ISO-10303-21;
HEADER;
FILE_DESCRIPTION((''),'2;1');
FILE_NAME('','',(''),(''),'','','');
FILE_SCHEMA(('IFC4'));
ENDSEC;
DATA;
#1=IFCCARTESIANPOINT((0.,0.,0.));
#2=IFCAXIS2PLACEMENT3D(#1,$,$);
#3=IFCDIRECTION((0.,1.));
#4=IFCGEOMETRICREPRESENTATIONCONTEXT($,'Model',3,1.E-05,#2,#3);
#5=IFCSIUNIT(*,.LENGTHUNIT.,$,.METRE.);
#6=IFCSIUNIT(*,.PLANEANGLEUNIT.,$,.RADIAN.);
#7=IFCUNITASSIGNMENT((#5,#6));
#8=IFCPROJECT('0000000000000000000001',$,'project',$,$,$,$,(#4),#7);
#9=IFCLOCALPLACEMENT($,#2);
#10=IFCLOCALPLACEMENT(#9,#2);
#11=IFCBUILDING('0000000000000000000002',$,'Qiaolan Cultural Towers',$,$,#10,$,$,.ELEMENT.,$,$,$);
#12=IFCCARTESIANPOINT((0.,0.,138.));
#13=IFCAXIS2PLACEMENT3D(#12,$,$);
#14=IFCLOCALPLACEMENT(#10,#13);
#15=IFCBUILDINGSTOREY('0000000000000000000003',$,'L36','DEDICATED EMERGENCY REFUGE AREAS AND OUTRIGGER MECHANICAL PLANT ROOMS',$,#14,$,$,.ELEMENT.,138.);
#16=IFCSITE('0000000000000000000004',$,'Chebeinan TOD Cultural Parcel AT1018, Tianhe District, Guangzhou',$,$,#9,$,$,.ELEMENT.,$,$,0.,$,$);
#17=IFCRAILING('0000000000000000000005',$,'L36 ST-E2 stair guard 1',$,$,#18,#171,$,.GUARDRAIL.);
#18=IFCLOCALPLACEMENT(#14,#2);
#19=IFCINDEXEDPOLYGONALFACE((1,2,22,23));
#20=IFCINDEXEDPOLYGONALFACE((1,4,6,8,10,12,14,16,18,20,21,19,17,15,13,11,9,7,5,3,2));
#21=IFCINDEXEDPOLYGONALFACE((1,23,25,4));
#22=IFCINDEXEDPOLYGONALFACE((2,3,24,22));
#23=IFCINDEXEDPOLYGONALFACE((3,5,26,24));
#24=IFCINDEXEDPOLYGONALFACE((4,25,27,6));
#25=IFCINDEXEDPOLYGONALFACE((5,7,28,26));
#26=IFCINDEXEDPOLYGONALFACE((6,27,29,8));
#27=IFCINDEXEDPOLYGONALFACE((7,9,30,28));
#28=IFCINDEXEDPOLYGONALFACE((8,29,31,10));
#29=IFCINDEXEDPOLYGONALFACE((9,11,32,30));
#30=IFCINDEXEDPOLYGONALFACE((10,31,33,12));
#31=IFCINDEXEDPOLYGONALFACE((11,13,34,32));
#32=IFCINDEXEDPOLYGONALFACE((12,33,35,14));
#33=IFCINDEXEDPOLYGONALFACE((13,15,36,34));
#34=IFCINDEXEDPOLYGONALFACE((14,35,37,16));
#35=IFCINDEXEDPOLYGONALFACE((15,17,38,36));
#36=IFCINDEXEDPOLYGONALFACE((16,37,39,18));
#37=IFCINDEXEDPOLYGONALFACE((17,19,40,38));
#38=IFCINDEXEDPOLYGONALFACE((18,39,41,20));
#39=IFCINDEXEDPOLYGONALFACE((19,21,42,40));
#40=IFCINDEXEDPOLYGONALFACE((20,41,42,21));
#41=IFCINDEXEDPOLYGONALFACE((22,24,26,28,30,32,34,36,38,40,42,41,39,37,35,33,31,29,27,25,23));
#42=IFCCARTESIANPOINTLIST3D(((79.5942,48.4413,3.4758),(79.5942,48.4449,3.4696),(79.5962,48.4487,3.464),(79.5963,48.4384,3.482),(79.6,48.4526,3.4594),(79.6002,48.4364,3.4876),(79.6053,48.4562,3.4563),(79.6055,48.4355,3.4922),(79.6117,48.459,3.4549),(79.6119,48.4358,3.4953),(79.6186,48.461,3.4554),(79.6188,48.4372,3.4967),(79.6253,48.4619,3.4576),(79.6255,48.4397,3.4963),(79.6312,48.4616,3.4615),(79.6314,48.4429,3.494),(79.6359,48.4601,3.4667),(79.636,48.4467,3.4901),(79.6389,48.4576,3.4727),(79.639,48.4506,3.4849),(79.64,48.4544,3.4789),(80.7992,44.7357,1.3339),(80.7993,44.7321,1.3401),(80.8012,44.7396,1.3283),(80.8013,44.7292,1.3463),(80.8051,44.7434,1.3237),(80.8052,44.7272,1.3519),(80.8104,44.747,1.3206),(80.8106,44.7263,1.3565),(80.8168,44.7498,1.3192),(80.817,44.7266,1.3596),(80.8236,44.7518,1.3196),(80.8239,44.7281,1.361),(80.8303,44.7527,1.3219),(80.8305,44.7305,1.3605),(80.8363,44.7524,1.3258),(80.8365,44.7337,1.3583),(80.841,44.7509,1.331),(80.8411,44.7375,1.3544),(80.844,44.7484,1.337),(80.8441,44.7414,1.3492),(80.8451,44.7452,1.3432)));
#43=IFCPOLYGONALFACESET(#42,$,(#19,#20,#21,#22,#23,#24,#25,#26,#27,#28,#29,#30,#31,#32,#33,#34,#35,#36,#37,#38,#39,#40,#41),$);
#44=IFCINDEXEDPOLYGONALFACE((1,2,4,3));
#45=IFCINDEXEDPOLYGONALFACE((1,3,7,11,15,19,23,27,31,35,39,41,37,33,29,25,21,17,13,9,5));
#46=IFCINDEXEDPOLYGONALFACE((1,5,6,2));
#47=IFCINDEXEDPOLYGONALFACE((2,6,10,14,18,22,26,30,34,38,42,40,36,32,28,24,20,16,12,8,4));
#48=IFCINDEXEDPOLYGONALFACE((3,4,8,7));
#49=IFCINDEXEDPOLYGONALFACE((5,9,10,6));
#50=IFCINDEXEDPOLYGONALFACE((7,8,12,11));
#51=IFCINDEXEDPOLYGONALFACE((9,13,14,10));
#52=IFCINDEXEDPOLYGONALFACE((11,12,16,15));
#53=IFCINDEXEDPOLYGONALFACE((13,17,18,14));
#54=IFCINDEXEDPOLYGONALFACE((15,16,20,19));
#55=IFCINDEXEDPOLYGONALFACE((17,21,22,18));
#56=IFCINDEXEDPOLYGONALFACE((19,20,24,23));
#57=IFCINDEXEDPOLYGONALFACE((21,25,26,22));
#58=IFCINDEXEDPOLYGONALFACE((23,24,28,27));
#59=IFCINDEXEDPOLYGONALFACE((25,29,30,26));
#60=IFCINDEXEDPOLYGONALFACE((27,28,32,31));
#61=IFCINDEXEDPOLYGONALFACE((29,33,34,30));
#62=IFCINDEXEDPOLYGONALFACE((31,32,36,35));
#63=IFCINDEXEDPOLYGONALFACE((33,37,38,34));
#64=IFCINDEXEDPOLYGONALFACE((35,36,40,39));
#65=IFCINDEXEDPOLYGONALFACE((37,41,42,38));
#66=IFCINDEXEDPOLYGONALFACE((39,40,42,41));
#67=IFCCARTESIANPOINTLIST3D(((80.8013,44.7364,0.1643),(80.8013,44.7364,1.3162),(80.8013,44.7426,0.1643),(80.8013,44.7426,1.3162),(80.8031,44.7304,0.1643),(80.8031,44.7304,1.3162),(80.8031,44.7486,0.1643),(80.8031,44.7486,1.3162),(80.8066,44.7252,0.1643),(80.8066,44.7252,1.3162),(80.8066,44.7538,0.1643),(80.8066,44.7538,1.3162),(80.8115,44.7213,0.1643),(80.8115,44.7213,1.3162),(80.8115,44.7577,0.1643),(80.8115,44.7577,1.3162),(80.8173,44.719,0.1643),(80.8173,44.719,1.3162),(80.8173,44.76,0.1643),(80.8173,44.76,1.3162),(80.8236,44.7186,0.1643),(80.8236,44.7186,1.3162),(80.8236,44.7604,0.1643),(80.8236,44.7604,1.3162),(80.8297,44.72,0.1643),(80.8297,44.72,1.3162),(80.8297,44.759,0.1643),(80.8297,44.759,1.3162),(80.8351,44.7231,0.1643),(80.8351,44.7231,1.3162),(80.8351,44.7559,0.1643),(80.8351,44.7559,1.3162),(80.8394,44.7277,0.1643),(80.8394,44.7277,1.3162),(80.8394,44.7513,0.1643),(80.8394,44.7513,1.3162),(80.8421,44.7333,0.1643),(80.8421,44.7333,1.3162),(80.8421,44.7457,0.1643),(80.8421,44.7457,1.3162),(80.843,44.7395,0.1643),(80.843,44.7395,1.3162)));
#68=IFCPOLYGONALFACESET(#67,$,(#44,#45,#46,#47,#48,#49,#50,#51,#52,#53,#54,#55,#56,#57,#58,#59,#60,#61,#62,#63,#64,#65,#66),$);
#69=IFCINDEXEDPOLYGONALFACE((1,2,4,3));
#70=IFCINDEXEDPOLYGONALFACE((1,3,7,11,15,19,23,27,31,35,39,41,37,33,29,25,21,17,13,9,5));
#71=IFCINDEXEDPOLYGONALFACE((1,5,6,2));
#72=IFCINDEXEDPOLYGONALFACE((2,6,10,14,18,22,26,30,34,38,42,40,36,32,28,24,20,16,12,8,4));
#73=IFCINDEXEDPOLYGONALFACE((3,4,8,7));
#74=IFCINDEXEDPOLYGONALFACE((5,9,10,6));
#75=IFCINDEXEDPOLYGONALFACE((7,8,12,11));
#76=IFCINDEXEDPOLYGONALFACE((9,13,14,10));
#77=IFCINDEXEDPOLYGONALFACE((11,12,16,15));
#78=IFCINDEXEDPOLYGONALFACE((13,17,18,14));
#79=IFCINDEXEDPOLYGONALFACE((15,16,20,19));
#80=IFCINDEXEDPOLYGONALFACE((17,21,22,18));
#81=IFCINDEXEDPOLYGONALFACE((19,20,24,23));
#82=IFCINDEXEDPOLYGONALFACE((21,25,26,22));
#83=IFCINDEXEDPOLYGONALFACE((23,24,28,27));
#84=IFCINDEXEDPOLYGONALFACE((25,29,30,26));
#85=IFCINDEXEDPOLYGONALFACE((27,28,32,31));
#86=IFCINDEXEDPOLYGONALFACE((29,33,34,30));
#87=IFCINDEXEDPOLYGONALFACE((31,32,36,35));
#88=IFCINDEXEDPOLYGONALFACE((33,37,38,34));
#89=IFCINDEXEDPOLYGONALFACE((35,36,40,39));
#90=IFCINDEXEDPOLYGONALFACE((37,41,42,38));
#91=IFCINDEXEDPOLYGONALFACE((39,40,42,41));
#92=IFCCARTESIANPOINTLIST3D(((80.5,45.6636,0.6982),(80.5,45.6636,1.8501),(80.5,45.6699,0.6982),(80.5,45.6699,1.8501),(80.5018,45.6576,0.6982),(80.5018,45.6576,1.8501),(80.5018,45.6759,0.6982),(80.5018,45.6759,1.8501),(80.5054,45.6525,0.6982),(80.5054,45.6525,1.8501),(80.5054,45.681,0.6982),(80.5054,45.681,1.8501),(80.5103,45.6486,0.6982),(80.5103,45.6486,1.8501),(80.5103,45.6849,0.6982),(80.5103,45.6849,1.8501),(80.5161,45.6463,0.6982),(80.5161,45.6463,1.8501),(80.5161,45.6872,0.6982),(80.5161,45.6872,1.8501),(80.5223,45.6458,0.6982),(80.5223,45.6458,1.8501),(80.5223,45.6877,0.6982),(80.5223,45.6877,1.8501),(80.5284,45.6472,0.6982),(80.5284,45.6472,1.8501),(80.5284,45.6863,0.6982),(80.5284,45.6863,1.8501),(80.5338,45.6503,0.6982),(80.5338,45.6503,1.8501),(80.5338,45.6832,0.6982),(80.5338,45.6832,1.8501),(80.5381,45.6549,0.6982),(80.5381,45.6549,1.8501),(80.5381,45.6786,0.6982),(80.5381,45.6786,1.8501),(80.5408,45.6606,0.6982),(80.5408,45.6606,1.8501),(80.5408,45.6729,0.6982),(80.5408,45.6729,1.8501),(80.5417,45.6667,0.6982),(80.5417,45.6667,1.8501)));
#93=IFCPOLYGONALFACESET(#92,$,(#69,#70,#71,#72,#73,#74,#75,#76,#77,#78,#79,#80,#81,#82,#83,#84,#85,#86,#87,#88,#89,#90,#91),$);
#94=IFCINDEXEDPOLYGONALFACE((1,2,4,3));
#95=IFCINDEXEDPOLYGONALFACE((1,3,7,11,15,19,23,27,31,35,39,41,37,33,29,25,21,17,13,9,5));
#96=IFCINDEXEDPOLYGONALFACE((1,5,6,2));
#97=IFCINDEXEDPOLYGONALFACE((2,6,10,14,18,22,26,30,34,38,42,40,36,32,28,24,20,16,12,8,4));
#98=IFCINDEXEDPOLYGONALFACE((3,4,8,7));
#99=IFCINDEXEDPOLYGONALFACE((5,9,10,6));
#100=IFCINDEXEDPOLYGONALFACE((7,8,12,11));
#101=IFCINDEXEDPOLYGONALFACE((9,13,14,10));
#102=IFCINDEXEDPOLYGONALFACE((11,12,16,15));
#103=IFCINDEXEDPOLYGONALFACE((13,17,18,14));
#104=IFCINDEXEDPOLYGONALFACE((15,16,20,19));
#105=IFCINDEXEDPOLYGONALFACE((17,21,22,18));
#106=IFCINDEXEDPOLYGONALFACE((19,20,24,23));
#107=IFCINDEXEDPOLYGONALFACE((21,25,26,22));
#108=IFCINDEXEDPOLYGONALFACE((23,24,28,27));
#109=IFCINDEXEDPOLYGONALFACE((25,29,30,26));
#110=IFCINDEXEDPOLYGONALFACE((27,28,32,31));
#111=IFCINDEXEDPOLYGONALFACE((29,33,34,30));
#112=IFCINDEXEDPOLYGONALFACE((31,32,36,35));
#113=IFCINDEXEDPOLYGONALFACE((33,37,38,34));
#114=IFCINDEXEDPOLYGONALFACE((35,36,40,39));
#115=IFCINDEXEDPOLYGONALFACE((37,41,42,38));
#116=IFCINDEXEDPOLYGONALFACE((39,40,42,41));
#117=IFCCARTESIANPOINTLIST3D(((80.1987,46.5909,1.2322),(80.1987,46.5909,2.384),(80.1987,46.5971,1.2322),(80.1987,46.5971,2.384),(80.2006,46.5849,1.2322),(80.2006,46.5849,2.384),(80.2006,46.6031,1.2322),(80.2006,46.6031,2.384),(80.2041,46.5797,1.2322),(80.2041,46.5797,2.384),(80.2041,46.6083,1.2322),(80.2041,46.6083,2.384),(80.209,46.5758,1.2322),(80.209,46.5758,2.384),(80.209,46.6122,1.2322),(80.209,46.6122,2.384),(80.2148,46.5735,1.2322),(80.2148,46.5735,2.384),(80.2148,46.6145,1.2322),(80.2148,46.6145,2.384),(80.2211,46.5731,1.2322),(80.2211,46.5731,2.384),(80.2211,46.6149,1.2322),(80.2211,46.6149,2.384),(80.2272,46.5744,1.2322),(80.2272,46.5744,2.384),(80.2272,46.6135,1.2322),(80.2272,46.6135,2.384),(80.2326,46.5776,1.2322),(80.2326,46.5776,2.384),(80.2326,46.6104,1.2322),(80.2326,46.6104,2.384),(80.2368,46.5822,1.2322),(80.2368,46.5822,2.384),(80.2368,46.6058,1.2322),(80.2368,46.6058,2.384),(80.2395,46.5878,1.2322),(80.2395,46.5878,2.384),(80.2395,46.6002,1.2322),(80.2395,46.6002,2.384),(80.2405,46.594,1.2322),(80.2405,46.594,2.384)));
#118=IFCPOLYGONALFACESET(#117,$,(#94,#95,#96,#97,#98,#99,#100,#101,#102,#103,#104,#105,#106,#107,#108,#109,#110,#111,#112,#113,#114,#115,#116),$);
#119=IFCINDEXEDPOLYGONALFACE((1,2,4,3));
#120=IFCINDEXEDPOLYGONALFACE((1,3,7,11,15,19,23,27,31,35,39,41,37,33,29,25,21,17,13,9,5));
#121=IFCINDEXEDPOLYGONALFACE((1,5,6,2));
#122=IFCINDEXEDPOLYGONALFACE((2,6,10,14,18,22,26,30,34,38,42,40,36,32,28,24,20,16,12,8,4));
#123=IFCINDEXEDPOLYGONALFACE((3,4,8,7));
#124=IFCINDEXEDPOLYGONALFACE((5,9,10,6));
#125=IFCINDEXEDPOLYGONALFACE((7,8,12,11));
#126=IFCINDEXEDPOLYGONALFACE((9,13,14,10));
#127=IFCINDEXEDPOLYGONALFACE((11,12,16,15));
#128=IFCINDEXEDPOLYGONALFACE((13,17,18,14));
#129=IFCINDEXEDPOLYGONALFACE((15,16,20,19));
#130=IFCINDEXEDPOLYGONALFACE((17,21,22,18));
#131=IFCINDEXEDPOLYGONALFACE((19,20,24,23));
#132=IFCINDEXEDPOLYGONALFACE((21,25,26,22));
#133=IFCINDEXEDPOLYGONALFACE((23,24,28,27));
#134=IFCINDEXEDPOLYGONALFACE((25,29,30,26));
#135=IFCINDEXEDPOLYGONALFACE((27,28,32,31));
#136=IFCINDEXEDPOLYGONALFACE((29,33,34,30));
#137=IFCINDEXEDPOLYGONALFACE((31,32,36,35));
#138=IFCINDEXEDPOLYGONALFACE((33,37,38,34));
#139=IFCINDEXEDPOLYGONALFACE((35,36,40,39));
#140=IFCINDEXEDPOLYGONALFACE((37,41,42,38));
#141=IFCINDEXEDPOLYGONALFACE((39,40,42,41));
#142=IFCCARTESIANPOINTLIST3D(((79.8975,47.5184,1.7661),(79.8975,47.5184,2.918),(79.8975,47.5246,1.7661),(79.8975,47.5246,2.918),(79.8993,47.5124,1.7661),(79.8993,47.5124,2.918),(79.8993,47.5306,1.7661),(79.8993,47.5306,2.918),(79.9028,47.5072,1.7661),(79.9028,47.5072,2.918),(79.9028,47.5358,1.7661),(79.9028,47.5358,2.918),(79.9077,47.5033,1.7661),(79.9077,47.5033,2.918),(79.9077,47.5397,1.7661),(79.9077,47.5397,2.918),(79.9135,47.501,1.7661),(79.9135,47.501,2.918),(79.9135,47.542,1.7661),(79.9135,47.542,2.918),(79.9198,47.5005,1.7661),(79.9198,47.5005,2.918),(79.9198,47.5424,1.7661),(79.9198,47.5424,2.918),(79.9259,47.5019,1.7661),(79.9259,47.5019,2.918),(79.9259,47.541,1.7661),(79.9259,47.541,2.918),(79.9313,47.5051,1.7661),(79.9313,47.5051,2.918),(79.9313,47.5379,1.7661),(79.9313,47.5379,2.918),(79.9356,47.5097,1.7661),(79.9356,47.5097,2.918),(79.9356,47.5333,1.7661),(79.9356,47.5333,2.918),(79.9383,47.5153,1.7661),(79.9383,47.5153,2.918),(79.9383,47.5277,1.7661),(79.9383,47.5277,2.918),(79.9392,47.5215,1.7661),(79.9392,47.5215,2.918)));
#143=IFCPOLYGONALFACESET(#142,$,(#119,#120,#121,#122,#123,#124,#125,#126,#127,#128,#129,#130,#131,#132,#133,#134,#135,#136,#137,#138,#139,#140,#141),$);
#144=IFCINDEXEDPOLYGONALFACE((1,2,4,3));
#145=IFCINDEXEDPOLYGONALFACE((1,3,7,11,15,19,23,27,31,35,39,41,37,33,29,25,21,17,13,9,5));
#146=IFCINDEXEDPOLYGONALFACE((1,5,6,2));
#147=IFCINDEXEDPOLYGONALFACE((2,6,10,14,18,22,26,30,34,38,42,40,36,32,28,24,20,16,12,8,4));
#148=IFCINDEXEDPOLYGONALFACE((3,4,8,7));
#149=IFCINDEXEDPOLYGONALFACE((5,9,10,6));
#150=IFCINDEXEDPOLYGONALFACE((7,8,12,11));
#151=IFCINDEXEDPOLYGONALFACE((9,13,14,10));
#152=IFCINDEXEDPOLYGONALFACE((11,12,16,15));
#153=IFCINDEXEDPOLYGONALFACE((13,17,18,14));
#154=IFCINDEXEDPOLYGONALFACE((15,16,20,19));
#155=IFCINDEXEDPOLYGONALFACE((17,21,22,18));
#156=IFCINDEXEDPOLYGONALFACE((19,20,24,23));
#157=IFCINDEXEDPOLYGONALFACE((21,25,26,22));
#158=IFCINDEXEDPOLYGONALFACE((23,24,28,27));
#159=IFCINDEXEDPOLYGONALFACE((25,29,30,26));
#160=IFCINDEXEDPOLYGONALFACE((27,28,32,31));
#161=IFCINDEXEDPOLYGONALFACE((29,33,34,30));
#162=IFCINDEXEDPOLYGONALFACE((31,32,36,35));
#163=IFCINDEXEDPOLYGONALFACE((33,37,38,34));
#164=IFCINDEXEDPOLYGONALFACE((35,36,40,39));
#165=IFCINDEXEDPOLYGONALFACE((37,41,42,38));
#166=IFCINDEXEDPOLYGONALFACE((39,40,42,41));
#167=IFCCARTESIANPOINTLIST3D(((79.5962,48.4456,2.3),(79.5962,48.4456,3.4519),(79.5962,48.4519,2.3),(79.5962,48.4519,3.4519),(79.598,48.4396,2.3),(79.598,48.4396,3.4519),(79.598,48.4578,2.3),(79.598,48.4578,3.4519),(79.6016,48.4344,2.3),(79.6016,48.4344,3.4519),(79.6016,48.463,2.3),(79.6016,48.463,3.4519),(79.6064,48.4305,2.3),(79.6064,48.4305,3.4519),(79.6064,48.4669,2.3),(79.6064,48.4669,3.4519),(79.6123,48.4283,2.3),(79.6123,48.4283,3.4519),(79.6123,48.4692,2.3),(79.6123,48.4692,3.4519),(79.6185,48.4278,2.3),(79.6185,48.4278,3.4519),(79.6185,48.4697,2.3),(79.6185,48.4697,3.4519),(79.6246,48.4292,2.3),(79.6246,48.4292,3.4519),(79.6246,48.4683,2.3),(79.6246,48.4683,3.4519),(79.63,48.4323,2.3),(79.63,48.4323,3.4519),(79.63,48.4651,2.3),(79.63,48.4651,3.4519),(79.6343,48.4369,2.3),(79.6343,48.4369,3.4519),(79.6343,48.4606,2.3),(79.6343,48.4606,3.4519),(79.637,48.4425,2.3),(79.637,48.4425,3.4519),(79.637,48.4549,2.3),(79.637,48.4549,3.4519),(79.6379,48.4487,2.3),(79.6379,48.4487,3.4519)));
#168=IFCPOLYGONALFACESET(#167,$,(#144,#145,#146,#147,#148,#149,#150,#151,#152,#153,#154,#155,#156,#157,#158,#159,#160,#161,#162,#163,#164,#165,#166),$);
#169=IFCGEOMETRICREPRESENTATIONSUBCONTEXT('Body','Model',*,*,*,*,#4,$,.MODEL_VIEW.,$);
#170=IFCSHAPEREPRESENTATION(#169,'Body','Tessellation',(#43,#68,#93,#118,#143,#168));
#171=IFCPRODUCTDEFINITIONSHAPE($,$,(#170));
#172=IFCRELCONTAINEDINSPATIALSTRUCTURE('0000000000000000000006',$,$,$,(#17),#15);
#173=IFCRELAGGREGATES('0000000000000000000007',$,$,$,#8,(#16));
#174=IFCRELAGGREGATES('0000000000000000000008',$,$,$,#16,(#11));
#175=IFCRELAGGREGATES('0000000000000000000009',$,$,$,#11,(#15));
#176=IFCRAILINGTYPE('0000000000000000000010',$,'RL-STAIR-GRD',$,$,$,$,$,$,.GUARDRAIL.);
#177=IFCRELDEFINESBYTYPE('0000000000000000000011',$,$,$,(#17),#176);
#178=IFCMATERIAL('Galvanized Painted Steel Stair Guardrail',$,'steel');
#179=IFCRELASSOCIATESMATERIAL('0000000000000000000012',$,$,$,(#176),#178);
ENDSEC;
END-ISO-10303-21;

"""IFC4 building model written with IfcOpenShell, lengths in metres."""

from ifc_helpers import new_model, si_unit, direction, frame, origin, origin_2d, place, context, subcontext, project, spatial, circle, extrude, material, type_object, element, save


model = new_model("IFC4")

# Units and contexts
model_context = context("Model", 3, precision=1e-05, world=origin(), true_north=direction((0.0, 1.0)))
body_context = subcontext(model_context, "Body", "Model", "MODEL_VIEW")
ifc_project = project(units=[si_unit("LENGTHUNIT", "METRE"), si_unit("PLANEANGLEUNIT", "RADIAN")], contexts=[model_context])

# Site, building, storey
site_placement = place(None, origin())
site = spatial("IfcSite", under=ifc_project, at=site_placement, Name="Chebeinan TOD Cultural Parcel AT1018, Tianhe District, Guangzhou", CompositionType="ELEMENT", RefElevation=0.0)
building_placement = place(site_placement, origin())
building = spatial("IfcBuilding", under=site, at=building_placement, Name="Qiaolan Cultural Towers", CompositionType="ELEMENT")
storey_placement = place(building_placement, frame((0.0, 0.0, 138.0)))
storey = spatial("IfcBuildingStorey", under=building, at=storey_placement, Name="L36", Description="DEDICATED EMERGENCY REFUGE AREAS AND OUTRIGGER MECHANICAL PLANT ROOMS", CompositionType="ELEMENT", Elevation=138.0)

# Railing
ifc_material_1 = material(Name="Galvanized Painted Steel Stair Guardrail", Category="steel")
railing_type_1 = type_object("IfcRailingType", Name="RL-STAIR-GRD", PredefinedType="GUARDRAIL", material=ifc_material_1)
railing_1_placement = place(storey_placement, frame((80.822, 44.7395, 0.1643)))
element("IfcRailing", 1, at=railing_1_placement, inside=storey, type_object=railing_type_1, Name="L36 ST-E2 stair guard 1", PredefinedType="GUARDRAIL", context=body_context, shape_type="SweptSolid", body=[
    extrude(circle(Radius=0.0239, at=origin_2d()), frame((0.0, 0.0, 1.1758), z_axis=(-0.271013, 0.834177, 0.480312), x_axis=(-0.951066, -0.308988, 0.0)), (0.0, 0.0, 1.0), 4.4465),
    extrude(circle(Radius=0.021, at=origin_2d()), origin(), (0.0, 0.0, 1.0), 1.1519),
    extrude(circle(Radius=0.021, at=origin_2d()), frame((-0.3013, 0.9272, 0.5339)), (0.0, 0.0, 1.0), 1.1519),
    extrude(circle(Radius=0.021, at=origin_2d()), frame((-0.6025, 1.8545, 1.0679)), (0.0, 0.0, 1.0), 1.1519),
    extrude(circle(Radius=0.021, at=origin_2d()), frame((-0.9038, 2.782, 1.6018)), (0.0, 0.0, 1.0), 1.1519),
    extrude(circle(Radius=0.021, at=origin_2d()), frame((-1.2051, 3.7092, 2.1357)), (0.0, 0.0, 1.0), 1.1519),
])

save(model, "model.ifc")
